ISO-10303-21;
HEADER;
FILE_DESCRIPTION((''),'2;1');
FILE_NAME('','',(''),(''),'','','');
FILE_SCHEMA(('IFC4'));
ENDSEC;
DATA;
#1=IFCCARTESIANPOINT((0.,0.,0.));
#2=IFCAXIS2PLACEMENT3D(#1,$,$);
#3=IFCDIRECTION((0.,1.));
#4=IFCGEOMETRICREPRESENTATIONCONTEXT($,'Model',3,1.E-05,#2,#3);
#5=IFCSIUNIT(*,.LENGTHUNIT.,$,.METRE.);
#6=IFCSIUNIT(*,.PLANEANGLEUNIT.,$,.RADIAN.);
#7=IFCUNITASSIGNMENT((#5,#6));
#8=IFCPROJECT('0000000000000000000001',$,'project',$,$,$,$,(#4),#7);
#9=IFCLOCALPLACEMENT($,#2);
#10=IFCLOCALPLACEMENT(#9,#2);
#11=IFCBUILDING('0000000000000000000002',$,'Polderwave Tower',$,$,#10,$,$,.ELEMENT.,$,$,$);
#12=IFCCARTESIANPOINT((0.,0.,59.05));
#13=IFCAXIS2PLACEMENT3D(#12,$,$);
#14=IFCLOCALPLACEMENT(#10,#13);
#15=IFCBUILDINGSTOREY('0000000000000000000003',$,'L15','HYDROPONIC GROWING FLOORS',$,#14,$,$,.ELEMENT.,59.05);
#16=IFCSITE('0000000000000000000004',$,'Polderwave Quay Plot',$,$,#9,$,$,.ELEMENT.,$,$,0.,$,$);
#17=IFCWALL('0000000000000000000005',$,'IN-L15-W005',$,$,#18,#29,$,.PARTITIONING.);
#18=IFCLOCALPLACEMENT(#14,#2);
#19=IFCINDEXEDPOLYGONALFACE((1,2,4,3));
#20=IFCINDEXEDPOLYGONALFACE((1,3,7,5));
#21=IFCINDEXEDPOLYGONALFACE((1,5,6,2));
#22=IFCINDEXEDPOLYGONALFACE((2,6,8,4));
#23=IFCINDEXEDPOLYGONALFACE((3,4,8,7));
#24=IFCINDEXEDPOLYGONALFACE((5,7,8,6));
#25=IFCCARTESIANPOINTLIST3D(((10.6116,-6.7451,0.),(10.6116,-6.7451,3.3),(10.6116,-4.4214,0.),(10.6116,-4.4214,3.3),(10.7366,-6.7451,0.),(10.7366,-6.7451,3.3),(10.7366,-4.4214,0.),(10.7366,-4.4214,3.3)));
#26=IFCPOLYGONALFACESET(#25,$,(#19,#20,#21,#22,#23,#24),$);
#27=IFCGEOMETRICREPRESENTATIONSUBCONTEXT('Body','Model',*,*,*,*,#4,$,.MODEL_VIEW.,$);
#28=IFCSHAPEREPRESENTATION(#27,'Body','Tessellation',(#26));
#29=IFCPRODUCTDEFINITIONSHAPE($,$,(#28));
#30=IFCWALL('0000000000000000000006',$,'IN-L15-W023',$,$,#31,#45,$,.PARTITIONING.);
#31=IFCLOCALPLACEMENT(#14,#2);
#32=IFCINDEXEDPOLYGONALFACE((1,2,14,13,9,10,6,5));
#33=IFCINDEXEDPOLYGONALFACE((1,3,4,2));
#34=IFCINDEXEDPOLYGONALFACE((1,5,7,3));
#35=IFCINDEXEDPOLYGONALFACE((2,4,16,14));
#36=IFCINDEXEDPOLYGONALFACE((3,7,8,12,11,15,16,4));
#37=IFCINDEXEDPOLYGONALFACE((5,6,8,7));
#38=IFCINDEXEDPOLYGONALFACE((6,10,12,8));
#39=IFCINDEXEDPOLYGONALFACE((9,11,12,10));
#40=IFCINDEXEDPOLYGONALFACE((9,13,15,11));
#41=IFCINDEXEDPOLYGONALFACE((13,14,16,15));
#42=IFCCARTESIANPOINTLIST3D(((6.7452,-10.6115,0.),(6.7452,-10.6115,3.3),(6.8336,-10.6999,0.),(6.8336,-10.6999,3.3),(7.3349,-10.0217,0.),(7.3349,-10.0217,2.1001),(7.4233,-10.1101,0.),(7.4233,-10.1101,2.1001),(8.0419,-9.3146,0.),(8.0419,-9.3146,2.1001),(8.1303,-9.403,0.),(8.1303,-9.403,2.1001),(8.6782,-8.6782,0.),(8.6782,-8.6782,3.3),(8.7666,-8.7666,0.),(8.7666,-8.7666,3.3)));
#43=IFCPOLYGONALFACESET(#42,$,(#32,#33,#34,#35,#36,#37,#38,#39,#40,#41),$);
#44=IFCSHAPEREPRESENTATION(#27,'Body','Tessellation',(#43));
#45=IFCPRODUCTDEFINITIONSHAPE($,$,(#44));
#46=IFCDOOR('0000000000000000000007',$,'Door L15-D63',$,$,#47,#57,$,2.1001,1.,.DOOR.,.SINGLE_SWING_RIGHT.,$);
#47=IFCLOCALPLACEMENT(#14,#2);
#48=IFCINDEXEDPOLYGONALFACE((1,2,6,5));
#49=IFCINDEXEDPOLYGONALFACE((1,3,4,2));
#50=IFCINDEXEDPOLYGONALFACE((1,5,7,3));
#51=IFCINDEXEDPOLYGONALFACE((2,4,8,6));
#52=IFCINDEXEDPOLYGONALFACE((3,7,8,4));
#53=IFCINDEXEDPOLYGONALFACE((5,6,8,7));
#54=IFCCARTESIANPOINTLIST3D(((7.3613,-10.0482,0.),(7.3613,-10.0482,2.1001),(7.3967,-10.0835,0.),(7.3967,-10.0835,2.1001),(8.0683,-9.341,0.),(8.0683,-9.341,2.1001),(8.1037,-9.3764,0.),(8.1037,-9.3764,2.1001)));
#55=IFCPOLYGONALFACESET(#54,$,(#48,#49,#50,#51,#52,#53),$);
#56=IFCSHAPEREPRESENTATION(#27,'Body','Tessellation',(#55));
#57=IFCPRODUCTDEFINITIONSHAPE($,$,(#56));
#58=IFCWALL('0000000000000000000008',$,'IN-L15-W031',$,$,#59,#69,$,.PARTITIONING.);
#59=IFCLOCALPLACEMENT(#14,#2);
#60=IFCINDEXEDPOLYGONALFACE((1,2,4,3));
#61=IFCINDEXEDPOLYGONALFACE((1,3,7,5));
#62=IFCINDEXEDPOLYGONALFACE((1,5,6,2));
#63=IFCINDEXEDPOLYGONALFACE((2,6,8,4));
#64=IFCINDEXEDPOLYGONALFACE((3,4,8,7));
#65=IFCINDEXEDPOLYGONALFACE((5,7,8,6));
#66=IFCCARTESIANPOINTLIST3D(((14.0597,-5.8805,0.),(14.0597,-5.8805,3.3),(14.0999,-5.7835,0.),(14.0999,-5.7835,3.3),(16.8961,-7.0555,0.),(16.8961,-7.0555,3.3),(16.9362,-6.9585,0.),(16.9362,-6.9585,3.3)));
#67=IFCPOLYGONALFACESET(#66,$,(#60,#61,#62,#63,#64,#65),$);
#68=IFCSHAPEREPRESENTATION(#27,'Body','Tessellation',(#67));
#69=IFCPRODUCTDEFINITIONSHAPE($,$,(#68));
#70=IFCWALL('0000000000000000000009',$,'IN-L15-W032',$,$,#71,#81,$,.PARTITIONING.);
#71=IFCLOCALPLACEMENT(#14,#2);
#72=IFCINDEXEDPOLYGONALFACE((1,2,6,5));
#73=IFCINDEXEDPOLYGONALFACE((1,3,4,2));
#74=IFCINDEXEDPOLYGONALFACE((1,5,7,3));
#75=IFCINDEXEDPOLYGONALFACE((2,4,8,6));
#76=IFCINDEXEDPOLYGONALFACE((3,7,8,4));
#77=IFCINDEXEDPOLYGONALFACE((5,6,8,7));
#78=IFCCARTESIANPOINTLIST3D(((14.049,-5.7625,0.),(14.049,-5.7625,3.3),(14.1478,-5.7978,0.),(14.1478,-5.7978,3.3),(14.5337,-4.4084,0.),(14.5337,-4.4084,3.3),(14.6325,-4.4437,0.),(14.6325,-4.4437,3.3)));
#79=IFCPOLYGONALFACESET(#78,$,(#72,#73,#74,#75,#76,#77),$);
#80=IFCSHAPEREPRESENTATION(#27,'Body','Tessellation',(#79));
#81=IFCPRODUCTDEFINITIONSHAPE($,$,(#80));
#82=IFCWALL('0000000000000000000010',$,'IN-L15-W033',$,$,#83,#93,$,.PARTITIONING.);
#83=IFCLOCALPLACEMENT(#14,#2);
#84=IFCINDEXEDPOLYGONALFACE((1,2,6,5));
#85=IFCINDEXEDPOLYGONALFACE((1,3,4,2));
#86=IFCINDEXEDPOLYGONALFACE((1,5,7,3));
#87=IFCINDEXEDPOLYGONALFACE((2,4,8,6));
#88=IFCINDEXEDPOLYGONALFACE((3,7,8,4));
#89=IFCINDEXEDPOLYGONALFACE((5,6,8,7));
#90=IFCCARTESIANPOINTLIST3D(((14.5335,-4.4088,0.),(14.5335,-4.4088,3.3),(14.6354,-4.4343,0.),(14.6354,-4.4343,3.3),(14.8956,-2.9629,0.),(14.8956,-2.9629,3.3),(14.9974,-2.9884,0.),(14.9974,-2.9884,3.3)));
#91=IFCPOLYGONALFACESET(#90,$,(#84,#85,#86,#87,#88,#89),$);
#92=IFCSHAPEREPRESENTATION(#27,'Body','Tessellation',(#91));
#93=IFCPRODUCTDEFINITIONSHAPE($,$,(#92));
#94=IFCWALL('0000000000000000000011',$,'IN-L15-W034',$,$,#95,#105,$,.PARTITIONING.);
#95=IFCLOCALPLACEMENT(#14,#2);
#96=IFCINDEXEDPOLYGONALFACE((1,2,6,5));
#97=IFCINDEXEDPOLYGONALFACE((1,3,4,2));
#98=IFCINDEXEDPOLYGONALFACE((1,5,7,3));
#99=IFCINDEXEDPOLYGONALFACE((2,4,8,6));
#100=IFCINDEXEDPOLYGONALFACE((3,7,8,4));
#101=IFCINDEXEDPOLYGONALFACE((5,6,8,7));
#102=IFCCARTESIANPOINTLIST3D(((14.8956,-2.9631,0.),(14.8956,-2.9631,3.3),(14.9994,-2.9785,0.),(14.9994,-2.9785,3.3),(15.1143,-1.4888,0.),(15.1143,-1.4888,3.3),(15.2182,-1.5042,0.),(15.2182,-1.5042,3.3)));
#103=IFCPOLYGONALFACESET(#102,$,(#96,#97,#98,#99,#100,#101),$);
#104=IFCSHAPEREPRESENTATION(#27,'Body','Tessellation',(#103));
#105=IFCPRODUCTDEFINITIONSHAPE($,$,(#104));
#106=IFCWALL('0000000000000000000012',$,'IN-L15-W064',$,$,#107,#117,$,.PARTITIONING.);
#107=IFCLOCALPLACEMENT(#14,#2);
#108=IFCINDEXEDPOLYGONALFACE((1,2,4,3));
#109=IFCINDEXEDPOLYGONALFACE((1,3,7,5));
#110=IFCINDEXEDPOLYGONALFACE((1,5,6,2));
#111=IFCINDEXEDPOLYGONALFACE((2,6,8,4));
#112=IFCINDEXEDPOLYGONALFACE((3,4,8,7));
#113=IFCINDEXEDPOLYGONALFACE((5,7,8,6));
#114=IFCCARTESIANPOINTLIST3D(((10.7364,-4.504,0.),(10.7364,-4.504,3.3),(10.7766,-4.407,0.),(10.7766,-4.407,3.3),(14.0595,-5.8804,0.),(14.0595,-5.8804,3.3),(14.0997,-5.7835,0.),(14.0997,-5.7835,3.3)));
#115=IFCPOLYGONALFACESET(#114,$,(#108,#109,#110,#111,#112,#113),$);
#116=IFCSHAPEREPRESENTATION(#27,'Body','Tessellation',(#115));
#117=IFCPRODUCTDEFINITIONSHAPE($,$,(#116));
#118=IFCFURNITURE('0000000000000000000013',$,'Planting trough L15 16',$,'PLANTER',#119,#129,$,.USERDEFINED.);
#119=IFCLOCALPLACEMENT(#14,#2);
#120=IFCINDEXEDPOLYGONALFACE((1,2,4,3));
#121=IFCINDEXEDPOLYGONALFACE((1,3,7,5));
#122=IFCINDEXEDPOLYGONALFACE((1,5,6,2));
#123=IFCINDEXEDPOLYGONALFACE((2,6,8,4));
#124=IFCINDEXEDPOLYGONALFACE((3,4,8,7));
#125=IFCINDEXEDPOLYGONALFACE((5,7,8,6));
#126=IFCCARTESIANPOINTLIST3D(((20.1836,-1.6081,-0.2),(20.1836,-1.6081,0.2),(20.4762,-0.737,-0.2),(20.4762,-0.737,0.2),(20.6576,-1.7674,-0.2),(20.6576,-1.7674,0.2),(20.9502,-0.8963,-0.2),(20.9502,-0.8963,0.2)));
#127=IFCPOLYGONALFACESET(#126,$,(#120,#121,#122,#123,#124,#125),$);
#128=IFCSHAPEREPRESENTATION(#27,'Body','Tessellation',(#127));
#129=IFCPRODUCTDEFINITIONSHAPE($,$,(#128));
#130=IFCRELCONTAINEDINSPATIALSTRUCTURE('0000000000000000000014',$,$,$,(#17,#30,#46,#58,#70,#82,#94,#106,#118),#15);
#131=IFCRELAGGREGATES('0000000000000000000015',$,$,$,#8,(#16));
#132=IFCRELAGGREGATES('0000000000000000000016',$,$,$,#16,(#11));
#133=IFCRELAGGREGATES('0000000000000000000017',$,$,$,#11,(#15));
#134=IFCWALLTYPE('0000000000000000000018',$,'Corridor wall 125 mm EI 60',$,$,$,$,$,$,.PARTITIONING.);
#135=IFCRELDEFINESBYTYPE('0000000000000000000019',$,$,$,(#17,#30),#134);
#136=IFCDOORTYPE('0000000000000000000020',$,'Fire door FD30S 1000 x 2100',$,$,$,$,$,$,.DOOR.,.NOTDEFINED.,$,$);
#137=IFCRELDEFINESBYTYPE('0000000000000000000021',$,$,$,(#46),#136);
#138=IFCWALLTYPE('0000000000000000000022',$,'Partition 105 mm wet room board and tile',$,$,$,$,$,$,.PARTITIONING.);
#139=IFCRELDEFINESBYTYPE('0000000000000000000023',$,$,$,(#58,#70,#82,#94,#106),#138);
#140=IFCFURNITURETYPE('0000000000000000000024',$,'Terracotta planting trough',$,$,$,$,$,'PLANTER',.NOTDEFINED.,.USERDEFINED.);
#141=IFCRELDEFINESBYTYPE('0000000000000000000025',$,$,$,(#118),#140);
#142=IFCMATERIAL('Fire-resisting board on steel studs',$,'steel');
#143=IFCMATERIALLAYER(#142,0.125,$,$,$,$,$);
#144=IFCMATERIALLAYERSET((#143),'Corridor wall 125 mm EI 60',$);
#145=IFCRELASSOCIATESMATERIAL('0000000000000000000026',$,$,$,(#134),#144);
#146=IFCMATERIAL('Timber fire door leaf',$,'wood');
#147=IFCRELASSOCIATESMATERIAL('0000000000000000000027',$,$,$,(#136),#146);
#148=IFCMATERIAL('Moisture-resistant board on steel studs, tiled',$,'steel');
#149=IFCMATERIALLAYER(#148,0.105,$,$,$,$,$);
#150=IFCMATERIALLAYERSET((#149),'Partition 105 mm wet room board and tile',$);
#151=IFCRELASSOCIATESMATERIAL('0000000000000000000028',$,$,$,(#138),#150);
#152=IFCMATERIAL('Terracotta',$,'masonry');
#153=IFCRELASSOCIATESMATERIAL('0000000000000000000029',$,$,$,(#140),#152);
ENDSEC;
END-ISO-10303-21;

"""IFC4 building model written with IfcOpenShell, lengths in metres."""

from ifc_helpers import new_model, si_unit, direction, frame, frame_2d, origin, origin_2d, place, context, subcontext, project, spatial, rectangle, extrude, material, layer, layer_set, type_object, element, fill, save


model = new_model("IFC4")

# Units and contexts
model_context = context("Model", 3, precision=1e-05, world=origin(), true_north=direction((0.0, 1.0)))
body_context = subcontext(model_context, "Body", "Model", "MODEL_VIEW")
ifc_project = project(units=[si_unit("LENGTHUNIT", "METRE"), si_unit("PLANEANGLEUNIT", "RADIAN")], contexts=[model_context])

# Site, building, storey
site_placement = place(None, origin())
site = spatial("IfcSite", under=ifc_project, at=site_placement, Name="Polderwave Quay Plot", CompositionType="ELEMENT", RefElevation=0.0)
building_placement = place(site_placement, origin())
building = spatial("IfcBuilding", under=site, at=building_placement, Name="Polderwave Tower", CompositionType="ELEMENT")
storey_placement = place(building_placement, frame((0.0, 0.0, 59.05)))
storey = spatial("IfcBuildingStorey", under=building, at=storey_placement, Name="L15", Description="HYDROPONIC GROWING FLOORS", CompositionType="ELEMENT", Elevation=59.05)

# Shared definitions
ifc_material_1 = material(Name="Fire-resisting board on steel studs", Category="steel")
ifc_layer_1 = layer(ifc_material_1, 0.125)
ifc_layer_set_1 = layer_set([ifc_layer_1], Name="Corridor wall 125 mm EI 60")
wall_type_1 = type_object("IfcWallType", Name="Corridor wall 125 mm EI 60", PredefinedType="PARTITIONING", material=ifc_layer_set_1)
ifc_material_2 = material(Name="Timber fire door leaf", Category="wood")
door_type = type_object("IfcDoorType", Name="Fire door FD30S 1000 x 2100", OperationType="NOTDEFINED", PredefinedType="DOOR", material=ifc_material_2)

# Wall
wall_1_placement = place(storey_placement, frame((10.6741, -4.4214, 0.0), z_axis=(0.0, 0.0, 1.0), x_axis=(0.0, -1.0, 0.0)))
element("IfcWall", 1, at=wall_1_placement, inside=storey, type_object=wall_type_1, Name="IN-L15-W005", PredefinedType="PARTITIONING", context=body_context, shape_type="SweptSolid", body=[
    extrude(rectangle(XDim=2.3237, YDim=0.125, at=frame_2d((1.1619, 0.0))), origin(), (0.0, 0.0, 1.0), 3.3),
])

# Wall, opening, door
wall_2_placement = place(storey_placement, frame((8.7224, -8.7224, 0.0), z_axis=(0.0, 0.0, 1.0), x_axis=(-0.707062, -0.707151, 0.0)))
wall_2 = element("IfcWall", 2, at=wall_2_placement, inside=storey, type_object=wall_type_1, Name="IN-L15-W023", PredefinedType="PARTITIONING", context=body_context, shape_type="SweptSolid", body=[
    extrude(rectangle(XDim=2.7339, YDim=0.125, at=frame_2d((1.3669, 0.0))), origin(), (0.0, 0.0, 1.0), 3.3),
])
opening_1_placement = place(wall_2_placement, frame((0.8999, 0.0, 0.0)))
opening_1 = element("IfcOpeningElement", 3, at=opening_1_placement, cuts=wall_2, PredefinedType="OPENING", context=body_context, shape_type="SweptSolid", body=[
    extrude(rectangle(XDim=1.0, YDim=2.1001, at=frame_2d((0.5, 1.05))), frame((0.0, 0.0725, 0.0), z_axis=(0.0, -1.0, 0.0), x_axis=(1.0, 0.0, 0.0)), (0.0, 0.0, 1.0), 0.145),
])
door_1_placement = place(opening_1_placement, origin())
door_1 = element("IfcDoor", 4, at=door_1_placement, inside=storey, type_object=door_type, Name="Door L15-D63", OperationType="SINGLE_SWING_RIGHT", OverallHeight=2.1001, OverallWidth=1.0, PredefinedType="DOOR", context=body_context, shape_type="SweptSolid", body=[
    extrude(rectangle(XDim=1.0, YDim=2.1001, at=frame_2d((0.5, 1.05))), frame((0.0, 0.0249, 0.0), z_axis=(0.0, -1.0, 0.0), x_axis=(1.0, 0.0, 0.0)), (0.0, 0.0, 1.0), 0.05),
])
fill(opening_1, door_1)

# Walls
ifc_material_3 = material(Name="Moisture-resistant board on steel studs, tiled", Category="steel")
ifc_layer_2 = layer(ifc_material_3, 0.105)
ifc_layer_set_2 = layer_set([ifc_layer_2], Name="Partition 105 mm wet room board and tile")
wall_type_2 = type_object("IfcWallType", Name="Partition 105 mm wet room board and tile", PredefinedType="PARTITIONING", material=ifc_layer_set_2)
wall_3_placement = place(storey_placement, frame((16.9163, -7.0071, 0.0), z_axis=(0.0, 0.0, 1.0), x_axis=(-0.923861, 0.382729, 0.0)))
element("IfcWall", 5, at=wall_3_placement, inside=storey, type_object=wall_type_2, Name="IN-L15-W031", PredefinedType="PARTITIONING", context=body_context, shape_type="SweptSolid", body=[
    extrude(rectangle(XDim=3.0701, YDim=0.105, at=frame_2d((1.5352, 0.0))), origin(), (0.0, 0.0, 1.0), 3.3),
])
wall_4_placement = place(storey_placement, frame((14.0984, -5.7803, 0.0), z_axis=(0.0, 0.0, 1.0), x_axis=(0.336982, 0.941511, 0.0)))
element("IfcWall", 6, at=wall_4_placement, inside=storey, type_object=wall_type_2, Name="IN-L15-W032", PredefinedType="PARTITIONING", context=body_context, shape_type="SweptSolid", body=[
    extrude(rectangle(XDim=1.4382, YDim=0.105, at=frame_2d((0.7192, 0.0))), origin(), (0.0, 0.0, 1.0), 3.3),
])
for number, where, z_axis, x_axis, name in (
    (7, (14.5845, -4.4214, 0.0), (0.0, 0.0, 1.0), (0.242921, 0.970046, 0.0), "IN-L15-W033"),
    (8, (14.9475, -2.9707, 0.0), (0.0, 0.0, 1.0), (0.146762, 0.989172, 0.0), "IN-L15-W034"),
):
    element("IfcWall", number, at=place(storey_placement, frame(where, z_axis=z_axis, x_axis=x_axis)), inside=storey, type_object=wall_type_2, Name=name, PredefinedType="PARTITIONING", context=body_context, shape_type="SweptSolid", body=[
        extrude(rectangle(XDim=1.4905, YDim=0.105, at=frame_2d((0.7451, 0.0))), origin(), (0.0, 0.0, 1.0), 3.3),
    ])
wall_5_placement = place(storey_placement, frame((10.7566, -4.4556, 0.0), z_axis=(0.0, 0.0, 1.0), x_axis=(0.923886, -0.382668, 0.0)))
element("IfcWall", 9, at=wall_5_placement, inside=storey, type_object=wall_type_2, Name="IN-L15-W064", PredefinedType="PARTITIONING", context=body_context, shape_type="SweptSolid", body=[
    extrude(rectangle(XDim=3.5969, YDim=0.105, at=frame_2d((1.7983, 0.0))), origin(), (0.0, 0.0, 1.0), 3.3),
])

# Furniture
ifc_material_4 = material(Name="Terracotta", Category="masonry")
furniture_type = type_object("IfcFurnitureType", Name="Terracotta planting trough", ElementType="PLANTER", AssemblyPlace="NOTDEFINED", PredefinedType="USERDEFINED", material=ifc_material_4)
furniture_placement = place(storey_placement, frame((20.5669, -1.2522, -0.2), z_axis=(0.0, 0.0, 1.0), x_axis=(0.318455, 0.947938, 0.0)))
element("IfcFurniture", 10, at=furniture_placement, inside=storey, type_object=furniture_type, Name="Planting trough L15 16", ObjectType="PLANTER", PredefinedType="USERDEFINED", context=body_context, shape_type="SweptSolid", body=[
    extrude(rectangle(XDim=0.9189, YDim=0.5, at=origin_2d()), origin(), (0.0, 0.0, 1.0), 0.3999),
])

save(model, "model.ifc")
